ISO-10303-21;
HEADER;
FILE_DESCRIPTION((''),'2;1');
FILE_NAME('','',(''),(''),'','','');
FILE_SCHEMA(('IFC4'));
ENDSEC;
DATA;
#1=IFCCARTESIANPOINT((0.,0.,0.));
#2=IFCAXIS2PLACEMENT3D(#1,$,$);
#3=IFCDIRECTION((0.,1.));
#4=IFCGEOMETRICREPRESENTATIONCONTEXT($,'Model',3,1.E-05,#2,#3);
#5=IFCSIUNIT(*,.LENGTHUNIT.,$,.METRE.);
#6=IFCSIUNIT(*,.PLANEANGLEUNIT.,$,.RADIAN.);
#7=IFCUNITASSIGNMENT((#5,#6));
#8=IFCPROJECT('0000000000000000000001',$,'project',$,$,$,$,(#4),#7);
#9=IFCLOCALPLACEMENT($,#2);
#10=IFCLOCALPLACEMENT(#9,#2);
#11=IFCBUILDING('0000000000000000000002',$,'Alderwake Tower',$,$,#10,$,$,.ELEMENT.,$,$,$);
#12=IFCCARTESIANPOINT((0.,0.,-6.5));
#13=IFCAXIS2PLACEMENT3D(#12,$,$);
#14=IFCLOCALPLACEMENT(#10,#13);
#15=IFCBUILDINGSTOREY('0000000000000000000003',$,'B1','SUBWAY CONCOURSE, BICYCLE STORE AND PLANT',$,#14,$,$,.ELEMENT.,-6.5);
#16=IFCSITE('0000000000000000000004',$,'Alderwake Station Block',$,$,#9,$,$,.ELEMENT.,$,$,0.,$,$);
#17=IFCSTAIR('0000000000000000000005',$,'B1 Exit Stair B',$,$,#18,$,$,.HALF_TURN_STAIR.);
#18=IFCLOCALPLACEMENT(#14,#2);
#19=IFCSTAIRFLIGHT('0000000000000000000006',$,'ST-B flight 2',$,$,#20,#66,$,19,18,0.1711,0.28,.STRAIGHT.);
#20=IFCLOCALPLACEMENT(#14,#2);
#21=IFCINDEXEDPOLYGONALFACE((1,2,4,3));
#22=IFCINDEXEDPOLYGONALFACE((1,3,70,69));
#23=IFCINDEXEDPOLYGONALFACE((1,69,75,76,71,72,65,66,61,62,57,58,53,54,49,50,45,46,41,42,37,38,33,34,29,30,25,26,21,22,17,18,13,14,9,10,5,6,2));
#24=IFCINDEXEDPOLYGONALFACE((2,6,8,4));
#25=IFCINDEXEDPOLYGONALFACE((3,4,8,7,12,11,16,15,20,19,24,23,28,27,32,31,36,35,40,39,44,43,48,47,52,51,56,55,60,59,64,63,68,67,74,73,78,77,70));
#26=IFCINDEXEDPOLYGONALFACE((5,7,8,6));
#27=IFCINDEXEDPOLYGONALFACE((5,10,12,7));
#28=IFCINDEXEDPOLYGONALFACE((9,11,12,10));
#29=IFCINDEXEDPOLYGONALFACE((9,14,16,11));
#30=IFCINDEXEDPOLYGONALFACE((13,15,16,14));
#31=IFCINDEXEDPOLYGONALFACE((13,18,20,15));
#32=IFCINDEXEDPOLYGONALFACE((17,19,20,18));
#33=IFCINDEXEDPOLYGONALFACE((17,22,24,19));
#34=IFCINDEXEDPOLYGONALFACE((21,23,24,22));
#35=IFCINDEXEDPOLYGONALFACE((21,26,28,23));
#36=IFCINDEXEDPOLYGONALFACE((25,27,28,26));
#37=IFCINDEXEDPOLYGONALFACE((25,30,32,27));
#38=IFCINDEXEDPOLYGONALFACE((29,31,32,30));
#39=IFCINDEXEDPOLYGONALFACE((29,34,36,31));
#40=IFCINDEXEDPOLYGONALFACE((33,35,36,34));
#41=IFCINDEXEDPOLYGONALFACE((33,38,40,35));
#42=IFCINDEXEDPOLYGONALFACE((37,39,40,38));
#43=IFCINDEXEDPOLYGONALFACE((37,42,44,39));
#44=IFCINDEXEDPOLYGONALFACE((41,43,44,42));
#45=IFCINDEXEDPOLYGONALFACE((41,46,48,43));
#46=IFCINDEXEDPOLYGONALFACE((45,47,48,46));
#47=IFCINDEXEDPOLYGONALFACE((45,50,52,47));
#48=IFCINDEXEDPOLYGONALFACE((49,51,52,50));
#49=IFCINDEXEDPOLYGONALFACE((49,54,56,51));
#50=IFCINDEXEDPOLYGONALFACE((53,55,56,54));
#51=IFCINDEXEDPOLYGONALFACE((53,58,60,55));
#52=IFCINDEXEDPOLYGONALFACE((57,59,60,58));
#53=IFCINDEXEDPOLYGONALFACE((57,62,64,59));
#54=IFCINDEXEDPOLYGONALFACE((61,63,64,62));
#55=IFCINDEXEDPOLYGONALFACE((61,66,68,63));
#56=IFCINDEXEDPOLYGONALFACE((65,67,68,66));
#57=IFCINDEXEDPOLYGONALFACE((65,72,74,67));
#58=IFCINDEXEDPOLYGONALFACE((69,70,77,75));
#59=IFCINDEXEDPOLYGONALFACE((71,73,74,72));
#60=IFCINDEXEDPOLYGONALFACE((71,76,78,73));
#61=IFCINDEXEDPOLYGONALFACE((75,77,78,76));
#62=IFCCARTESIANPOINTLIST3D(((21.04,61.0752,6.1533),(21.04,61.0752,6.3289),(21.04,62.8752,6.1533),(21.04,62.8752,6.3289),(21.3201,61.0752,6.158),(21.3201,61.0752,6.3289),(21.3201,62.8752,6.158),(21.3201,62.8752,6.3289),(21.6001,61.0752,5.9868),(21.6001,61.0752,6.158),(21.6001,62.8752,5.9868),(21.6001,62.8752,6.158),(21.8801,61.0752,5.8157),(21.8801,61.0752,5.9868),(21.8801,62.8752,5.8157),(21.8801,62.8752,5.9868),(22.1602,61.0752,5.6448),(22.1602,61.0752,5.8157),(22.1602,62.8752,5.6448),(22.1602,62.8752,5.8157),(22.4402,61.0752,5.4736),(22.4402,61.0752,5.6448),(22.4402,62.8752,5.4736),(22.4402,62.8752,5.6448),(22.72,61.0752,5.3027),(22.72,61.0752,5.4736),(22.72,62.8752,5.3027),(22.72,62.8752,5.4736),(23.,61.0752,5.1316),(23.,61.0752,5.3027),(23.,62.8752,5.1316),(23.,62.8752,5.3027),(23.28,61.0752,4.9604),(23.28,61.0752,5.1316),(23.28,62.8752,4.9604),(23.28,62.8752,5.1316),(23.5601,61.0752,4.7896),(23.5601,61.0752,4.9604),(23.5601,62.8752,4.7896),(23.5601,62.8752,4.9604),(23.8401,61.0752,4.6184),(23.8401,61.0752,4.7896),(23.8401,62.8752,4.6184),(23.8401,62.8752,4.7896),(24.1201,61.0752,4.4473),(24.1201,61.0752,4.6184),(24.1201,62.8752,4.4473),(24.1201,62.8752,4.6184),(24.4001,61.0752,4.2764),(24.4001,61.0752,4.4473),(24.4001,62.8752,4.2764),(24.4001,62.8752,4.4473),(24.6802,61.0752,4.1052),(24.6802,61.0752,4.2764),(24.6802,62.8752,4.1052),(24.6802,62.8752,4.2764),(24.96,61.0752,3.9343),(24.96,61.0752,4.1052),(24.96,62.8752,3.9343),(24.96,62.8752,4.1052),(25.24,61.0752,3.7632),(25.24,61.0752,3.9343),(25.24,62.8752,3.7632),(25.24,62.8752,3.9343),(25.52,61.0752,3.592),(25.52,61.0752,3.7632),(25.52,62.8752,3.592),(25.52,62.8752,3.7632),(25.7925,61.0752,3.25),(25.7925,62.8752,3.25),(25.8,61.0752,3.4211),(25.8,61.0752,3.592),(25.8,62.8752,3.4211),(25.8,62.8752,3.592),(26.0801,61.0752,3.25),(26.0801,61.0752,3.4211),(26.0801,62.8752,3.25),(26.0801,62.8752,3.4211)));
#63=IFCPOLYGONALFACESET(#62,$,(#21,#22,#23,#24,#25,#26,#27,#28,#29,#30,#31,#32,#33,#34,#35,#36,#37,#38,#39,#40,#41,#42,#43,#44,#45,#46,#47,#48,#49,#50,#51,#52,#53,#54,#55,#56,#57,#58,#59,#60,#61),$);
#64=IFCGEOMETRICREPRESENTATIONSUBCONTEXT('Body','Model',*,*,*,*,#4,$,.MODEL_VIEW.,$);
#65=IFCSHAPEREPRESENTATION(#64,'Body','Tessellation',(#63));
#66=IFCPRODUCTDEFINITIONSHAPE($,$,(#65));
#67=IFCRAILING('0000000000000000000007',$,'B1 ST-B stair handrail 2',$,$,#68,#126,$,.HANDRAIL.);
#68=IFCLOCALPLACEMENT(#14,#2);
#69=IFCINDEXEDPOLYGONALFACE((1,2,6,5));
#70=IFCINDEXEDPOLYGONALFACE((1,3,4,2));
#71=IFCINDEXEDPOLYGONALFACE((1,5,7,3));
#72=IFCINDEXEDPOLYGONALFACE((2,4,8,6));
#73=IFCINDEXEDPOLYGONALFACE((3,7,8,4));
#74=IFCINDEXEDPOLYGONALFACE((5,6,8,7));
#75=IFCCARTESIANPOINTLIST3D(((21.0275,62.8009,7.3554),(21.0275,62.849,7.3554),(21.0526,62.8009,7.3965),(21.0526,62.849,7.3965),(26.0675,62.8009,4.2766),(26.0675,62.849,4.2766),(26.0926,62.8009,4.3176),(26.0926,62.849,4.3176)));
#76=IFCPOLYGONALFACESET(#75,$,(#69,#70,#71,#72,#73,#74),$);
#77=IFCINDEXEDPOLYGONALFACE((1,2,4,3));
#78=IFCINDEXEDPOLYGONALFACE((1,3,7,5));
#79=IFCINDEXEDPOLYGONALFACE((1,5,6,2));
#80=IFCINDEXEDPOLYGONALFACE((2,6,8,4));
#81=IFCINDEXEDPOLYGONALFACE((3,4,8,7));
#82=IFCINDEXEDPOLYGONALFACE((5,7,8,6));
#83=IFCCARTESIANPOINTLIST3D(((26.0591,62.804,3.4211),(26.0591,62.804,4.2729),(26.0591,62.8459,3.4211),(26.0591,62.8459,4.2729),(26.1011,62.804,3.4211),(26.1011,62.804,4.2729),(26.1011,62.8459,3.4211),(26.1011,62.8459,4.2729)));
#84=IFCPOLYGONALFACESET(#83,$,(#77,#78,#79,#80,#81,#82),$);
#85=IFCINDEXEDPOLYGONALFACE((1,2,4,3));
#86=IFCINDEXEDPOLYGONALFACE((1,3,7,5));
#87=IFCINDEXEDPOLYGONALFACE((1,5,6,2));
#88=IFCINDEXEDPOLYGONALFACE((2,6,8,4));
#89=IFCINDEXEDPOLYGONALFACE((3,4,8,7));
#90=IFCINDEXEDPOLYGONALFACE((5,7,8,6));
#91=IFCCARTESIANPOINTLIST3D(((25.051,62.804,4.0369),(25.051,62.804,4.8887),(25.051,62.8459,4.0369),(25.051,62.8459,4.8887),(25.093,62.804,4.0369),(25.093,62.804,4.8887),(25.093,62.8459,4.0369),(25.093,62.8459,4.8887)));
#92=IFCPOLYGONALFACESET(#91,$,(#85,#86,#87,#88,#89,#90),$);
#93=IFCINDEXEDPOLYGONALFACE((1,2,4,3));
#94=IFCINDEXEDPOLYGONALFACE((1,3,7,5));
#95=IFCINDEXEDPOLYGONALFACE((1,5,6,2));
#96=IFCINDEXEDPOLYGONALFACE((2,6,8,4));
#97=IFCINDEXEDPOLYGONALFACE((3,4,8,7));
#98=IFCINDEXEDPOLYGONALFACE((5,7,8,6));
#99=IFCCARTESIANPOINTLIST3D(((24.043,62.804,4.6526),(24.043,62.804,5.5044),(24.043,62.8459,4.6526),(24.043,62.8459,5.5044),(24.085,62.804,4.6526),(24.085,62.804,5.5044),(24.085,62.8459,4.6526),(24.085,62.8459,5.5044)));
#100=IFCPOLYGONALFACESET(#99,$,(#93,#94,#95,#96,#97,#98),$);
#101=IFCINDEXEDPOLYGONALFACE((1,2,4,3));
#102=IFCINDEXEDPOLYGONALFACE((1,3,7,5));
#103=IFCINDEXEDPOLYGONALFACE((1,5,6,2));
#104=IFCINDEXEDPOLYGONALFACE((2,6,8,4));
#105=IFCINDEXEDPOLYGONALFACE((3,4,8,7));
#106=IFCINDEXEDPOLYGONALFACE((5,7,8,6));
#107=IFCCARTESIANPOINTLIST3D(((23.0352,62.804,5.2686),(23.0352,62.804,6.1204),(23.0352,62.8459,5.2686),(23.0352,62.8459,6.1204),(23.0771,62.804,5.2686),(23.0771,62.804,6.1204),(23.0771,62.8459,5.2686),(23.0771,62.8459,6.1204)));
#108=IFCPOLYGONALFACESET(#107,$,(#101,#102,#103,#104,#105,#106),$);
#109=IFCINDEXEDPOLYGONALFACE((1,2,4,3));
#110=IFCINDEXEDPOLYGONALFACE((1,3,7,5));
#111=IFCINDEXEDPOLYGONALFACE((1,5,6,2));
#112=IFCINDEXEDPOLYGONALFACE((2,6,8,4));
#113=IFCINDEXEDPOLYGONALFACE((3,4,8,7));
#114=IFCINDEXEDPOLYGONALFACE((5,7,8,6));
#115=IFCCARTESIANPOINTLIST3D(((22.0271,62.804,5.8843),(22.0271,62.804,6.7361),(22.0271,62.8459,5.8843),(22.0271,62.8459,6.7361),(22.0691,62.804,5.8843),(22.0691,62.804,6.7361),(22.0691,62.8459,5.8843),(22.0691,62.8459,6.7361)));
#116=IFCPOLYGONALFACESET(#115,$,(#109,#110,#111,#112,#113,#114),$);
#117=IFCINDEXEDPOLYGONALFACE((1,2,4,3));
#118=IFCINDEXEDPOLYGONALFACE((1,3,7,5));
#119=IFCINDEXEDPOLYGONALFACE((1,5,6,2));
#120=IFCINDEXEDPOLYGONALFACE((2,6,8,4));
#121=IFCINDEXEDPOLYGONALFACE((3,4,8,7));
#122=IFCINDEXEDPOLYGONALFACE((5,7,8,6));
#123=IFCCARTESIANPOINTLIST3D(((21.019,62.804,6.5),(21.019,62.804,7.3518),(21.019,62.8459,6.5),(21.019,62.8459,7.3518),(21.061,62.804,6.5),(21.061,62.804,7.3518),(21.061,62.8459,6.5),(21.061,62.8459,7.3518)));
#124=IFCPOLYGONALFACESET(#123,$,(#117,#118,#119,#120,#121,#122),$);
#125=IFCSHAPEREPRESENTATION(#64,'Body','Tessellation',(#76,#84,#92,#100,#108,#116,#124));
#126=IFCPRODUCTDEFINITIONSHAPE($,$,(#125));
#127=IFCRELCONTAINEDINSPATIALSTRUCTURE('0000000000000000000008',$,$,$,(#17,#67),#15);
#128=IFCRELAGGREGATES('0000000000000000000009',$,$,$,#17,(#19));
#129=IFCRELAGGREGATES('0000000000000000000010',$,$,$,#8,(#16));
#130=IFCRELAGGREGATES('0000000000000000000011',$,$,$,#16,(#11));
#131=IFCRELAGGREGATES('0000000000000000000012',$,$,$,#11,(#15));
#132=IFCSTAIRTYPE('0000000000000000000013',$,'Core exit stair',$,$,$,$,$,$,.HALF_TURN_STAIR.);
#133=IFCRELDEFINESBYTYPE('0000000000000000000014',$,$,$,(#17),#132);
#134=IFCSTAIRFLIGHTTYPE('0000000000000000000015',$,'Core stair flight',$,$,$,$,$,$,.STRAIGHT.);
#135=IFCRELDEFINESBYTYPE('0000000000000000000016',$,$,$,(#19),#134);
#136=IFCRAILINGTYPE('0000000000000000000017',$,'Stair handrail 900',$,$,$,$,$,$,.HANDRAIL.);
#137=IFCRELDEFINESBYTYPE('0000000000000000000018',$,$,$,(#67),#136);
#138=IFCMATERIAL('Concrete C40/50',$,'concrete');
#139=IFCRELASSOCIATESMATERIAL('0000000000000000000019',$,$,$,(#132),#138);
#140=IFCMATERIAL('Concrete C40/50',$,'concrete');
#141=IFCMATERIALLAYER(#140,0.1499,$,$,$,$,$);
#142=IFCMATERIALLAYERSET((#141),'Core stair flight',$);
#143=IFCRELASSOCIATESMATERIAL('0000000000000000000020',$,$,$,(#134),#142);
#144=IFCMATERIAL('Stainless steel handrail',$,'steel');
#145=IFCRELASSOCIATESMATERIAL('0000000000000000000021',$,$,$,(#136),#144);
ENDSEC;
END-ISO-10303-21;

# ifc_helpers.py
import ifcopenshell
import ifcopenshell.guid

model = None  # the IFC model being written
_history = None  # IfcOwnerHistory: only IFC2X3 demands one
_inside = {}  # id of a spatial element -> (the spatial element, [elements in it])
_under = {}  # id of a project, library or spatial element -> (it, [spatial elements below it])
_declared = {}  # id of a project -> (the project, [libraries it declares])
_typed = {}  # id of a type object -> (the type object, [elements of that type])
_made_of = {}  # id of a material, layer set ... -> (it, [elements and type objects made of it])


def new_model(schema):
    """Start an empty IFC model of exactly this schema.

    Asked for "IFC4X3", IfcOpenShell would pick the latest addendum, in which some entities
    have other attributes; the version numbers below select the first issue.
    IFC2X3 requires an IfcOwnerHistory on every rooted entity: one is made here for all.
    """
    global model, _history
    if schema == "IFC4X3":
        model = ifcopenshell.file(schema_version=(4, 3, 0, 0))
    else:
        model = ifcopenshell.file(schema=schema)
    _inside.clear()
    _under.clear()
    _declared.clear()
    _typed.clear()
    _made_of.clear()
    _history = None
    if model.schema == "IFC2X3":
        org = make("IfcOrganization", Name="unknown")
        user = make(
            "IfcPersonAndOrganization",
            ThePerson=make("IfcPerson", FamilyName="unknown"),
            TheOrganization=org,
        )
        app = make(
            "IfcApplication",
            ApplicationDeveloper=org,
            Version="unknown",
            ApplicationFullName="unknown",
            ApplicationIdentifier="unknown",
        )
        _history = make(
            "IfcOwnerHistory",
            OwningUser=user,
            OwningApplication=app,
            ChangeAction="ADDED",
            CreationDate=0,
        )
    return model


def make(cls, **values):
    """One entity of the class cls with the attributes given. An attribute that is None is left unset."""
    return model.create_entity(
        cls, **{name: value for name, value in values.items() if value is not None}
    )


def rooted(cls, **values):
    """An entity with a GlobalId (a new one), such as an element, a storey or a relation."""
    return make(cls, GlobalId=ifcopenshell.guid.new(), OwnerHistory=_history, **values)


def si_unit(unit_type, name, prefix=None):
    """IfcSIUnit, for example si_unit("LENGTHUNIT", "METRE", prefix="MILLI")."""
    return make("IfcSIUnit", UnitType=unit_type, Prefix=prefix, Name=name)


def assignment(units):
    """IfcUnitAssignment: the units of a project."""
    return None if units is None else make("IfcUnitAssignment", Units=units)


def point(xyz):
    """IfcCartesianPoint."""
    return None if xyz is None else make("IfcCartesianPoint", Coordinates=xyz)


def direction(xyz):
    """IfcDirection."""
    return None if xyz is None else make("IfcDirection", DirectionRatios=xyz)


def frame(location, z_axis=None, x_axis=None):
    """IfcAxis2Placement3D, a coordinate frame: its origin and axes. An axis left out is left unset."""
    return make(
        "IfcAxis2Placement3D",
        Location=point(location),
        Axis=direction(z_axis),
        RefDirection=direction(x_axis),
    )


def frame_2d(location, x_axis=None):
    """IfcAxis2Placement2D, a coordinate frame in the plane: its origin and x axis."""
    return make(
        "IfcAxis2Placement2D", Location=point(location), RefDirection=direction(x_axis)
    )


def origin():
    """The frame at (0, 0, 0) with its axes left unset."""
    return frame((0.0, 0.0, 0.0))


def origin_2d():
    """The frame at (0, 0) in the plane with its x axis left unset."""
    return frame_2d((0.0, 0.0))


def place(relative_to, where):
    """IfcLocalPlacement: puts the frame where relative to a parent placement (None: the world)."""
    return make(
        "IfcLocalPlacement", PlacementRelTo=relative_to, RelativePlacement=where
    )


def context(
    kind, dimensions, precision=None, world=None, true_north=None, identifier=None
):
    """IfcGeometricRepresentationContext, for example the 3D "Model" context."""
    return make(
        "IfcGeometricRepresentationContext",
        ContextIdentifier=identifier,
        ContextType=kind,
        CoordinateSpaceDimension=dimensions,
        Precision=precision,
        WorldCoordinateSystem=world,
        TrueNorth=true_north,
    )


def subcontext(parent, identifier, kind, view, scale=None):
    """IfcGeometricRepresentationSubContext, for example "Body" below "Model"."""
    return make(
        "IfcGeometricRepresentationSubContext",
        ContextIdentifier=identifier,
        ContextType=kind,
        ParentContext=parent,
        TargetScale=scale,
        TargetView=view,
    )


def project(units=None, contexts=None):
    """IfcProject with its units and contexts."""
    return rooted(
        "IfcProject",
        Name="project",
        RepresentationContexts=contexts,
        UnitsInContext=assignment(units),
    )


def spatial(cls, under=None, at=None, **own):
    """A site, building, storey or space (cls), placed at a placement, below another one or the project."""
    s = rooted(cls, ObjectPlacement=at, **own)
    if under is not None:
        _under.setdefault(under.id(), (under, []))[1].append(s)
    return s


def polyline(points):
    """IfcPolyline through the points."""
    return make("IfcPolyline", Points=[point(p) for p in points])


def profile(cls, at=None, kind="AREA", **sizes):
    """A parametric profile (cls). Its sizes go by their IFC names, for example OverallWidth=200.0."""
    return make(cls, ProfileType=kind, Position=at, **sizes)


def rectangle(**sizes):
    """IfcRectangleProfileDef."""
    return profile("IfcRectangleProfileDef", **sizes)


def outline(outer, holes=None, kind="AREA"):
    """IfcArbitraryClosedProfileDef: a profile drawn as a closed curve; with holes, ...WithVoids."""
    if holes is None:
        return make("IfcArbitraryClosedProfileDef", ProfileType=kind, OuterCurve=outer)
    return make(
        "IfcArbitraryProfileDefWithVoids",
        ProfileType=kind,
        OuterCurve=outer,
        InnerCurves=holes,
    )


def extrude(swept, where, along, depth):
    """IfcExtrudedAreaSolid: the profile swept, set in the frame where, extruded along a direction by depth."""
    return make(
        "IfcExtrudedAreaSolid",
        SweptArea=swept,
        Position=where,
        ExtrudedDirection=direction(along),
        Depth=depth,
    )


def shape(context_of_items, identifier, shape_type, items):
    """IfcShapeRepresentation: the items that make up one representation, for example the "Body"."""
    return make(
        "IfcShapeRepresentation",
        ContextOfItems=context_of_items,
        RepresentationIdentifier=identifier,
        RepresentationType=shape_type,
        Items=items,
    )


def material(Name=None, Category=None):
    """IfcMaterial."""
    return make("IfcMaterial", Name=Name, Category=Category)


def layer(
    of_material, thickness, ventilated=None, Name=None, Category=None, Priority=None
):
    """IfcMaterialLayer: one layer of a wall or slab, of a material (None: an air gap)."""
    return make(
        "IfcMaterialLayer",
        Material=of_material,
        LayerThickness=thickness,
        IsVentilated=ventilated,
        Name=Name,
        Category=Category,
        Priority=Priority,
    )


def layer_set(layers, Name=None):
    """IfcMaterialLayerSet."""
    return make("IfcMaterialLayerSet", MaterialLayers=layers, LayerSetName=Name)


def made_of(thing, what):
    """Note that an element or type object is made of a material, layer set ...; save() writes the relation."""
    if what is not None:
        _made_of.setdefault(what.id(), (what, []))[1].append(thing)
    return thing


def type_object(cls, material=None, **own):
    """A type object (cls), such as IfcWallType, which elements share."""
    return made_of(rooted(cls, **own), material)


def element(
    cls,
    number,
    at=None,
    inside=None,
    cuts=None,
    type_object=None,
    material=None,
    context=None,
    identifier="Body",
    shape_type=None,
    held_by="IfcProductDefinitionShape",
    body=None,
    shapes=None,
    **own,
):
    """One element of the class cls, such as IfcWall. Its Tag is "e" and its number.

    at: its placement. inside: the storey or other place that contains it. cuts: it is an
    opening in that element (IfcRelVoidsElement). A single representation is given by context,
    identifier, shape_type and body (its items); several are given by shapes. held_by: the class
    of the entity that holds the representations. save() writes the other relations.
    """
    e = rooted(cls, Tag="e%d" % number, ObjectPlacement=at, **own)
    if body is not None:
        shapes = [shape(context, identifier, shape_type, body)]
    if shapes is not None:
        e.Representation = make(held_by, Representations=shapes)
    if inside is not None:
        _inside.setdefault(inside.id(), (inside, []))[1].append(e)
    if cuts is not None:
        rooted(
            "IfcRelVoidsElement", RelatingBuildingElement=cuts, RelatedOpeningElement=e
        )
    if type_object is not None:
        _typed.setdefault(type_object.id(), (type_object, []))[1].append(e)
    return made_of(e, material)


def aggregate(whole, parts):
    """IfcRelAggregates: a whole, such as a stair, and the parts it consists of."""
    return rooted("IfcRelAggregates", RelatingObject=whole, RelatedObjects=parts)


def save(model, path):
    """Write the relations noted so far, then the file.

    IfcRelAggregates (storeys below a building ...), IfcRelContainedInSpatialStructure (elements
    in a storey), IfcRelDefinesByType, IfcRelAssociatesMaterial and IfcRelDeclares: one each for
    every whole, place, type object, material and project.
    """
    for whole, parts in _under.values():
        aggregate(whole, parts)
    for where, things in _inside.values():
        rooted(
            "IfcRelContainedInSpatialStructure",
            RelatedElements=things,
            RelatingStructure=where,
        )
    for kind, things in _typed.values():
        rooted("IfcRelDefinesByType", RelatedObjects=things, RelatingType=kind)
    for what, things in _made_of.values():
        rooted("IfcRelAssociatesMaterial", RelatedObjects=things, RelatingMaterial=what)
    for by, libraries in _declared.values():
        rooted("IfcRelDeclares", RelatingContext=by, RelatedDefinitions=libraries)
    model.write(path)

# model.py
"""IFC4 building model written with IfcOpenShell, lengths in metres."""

from ifc_helpers import new_model, si_unit, direction, frame, origin, origin_2d, place, context, subcontext, project, spatial, polyline, rectangle, outline, extrude, material, layer, layer_set, type_object, element, aggregate, save


model = new_model("IFC4")

# Units and contexts
model_context = context("Model", 3, precision=1e-05, world=origin(), true_north=direction((0.0, 1.0)))
body_context = subcontext(model_context, "Body", "Model", "MODEL_VIEW")
ifc_project = project(units=[si_unit("LENGTHUNIT", "METRE"), si_unit("PLANEANGLEUNIT", "RADIAN")], contexts=[model_context])

# Site, building, storey
site_placement = place(None, origin())
site = spatial("IfcSite", under=ifc_project, at=site_placement, Name="Alderwake Station Block", CompositionType="ELEMENT", RefElevation=0.0)
building_placement = place(site_placement, origin())
building = spatial("IfcBuilding", under=site, at=building_placement, Name="Alderwake Tower", CompositionType="ELEMENT")
storey_placement = place(building_placement, frame((0.0, 0.0, -6.5)))
storey = spatial("IfcBuildingStorey", under=building, at=storey_placement, Name="B1", Description="SUBWAY CONCOURSE, BICYCLE STORE AND PLANT", CompositionType="ELEMENT", Elevation=-6.5)

# Stair, stair flight
ifc_material_1 = material(Name="Concrete C40/50", Category="concrete")
stair_type = type_object("IfcStairType", Name="Core exit stair", PredefinedType="HALF_TURN_STAIR", material=ifc_material_1)
stair_placement = place(storey_placement, origin())
stair = element("IfcStair", 1, at=stair_placement, inside=storey, type_object=stair_type, Name="B1 Exit Stair B", PredefinedType="HALF_TURN_STAIR")
ifc_material_2 = material(Name="Concrete C40/50", Category="concrete")
ifc_layer_1 = layer(ifc_material_2, 0.1499)
ifc_layer_set_1 = layer_set([ifc_layer_1], Name="Core stair flight")
stair_flight_type = type_object("IfcStairFlightType", Name="Core stair flight", PredefinedType="STRAIGHT", material=ifc_layer_set_1)
stair_flight_placement = place(storey_placement, frame((26.0801, 61.9751, 3.25), z_axis=(0.0, 0.0, 1.0), x_axis=(-1.0, 0.0, 0.0)))
stair_flight = element("IfcStairFlight", 2, at=stair_flight_placement, type_object=stair_flight_type, Name="ST-B flight 2", NumberOfRisers=19, NumberOfTreads=18, PredefinedType="STRAIGHT", RiserHeight=0.1711, TreadLength=0.28, context=body_context, shape_type="SweptSolid", body=[
    extrude(outline(polyline([(0.0, 0.0), (0.0, 0.1711), (0.28, 0.1711), (0.28, 0.342), (0.5601, 0.342), (0.5601, 0.5132), (0.8401, 0.5132), (0.8401, 0.6843), (1.1201, 0.6843), (1.1201, 0.8552), (1.3999, 0.8552), (1.3999, 1.0264), (1.6799, 1.0264), (1.6799, 1.1973), (1.96, 1.1973), (1.96, 1.3684), (2.24, 1.3684), (2.24, 1.5396), (2.52, 1.5396), (2.52, 1.7104), (2.8, 1.7104), (2.8, 1.8816), (3.0801, 1.8816), (3.0801, 2.0527), (3.3601, 2.0527), (3.3601, 2.2236), (3.6399, 2.2236), (3.6399, 2.3948), (3.9199, 2.3948), (3.9199, 2.5657), (4.2, 2.5657), (4.2, 2.7368), (4.48, 2.7368), (4.48, 2.908), (4.76, 2.908), (4.76, 3.0789), (5.04, 3.0789), (5.04, 3.25), (5.04, 2.9033), (0.2876, 0.0), (0.0, 0.0)])), frame((0.0, 0.8999, 0.0), z_axis=(0.0, -1.0, 0.0), x_axis=(1.0, 0.0, 0.0)), (0.0, 0.0, 1.0), 1.8),
])
aggregate(stair, [stair_flight])

# Railing
ifc_material_3 = material(Name="Stainless steel handrail", Category="steel")
railing_type = type_object("IfcRailingType", Name="Stair handrail 900", PredefinedType="HANDRAIL", material=ifc_material_3)
railing_placement = place(storey_placement, frame((26.0801, 62.825, 3.4211)))
element("IfcRailing", 3, at=railing_placement, inside=storey, type_object=railing_type, Name="B1 ST-B stair handrail 2", PredefinedType="HANDRAIL", context=body_context, shape_type="SweptSolid", body=[
    extrude(rectangle(XDim=0.0481, YDim=0.0481, at=origin_2d()), frame((0.0, 0.0, 0.876), z_axis=(-0.85337, 0.0, 0.521306), x_axis=(0.0, -1.0, 0.0)), (0.0, 0.0, 1.0), 5.906),
    extrude(rectangle(XDim=0.042, YDim=0.042, at=origin_2d()), frame((0.0, 0.0, 0.0), z_axis=(0.0, 0.0, 1.0), x_axis=(-1.0, 0.0, 0.0)), (0.0, 0.0, 1.0), 0.8518),
    extrude(rectangle(XDim=0.042, YDim=0.042, at=origin_2d()), frame((-1.0081, 0.0, 0.6157), z_axis=(0.0, 0.0, 1.0), x_axis=(-1.0, 0.0, 0.0)), (0.0, 0.0, 1.0), 0.8518),
    extrude(rectangle(XDim=0.042, YDim=0.042, at=origin_2d()), frame((-2.0161, 0.0, 1.2314), z_axis=(0.0, 0.0, 1.0), x_axis=(-1.0, 0.0, 0.0)), (0.0, 0.0, 1.0), 0.8518),
    extrude(rectangle(XDim=0.042, YDim=0.042, at=origin_2d()), frame((-3.0239, 0.0, 1.8474), z_axis=(0.0, 0.0, 1.0), x_axis=(-1.0, 0.0, 0.0)), (0.0, 0.0, 1.0), 0.8518),
    extrude(rectangle(XDim=0.042, YDim=0.042, at=origin_2d()), frame((-4.032, 0.0, 2.4631), z_axis=(0.0, 0.0, 1.0), x_axis=(-1.0, 0.0, 0.0)), (0.0, 0.0, 1.0), 0.8518),
    extrude(rectangle(XDim=0.042, YDim=0.042, at=origin_2d()), frame((-5.04, 0.0, 3.0789), z_axis=(0.0, 0.0, 1.0), x_axis=(-1.0, 0.0, 0.0)), (0.0, 0.0, 1.0), 0.8518),
])

save(model, "model.ifc")
